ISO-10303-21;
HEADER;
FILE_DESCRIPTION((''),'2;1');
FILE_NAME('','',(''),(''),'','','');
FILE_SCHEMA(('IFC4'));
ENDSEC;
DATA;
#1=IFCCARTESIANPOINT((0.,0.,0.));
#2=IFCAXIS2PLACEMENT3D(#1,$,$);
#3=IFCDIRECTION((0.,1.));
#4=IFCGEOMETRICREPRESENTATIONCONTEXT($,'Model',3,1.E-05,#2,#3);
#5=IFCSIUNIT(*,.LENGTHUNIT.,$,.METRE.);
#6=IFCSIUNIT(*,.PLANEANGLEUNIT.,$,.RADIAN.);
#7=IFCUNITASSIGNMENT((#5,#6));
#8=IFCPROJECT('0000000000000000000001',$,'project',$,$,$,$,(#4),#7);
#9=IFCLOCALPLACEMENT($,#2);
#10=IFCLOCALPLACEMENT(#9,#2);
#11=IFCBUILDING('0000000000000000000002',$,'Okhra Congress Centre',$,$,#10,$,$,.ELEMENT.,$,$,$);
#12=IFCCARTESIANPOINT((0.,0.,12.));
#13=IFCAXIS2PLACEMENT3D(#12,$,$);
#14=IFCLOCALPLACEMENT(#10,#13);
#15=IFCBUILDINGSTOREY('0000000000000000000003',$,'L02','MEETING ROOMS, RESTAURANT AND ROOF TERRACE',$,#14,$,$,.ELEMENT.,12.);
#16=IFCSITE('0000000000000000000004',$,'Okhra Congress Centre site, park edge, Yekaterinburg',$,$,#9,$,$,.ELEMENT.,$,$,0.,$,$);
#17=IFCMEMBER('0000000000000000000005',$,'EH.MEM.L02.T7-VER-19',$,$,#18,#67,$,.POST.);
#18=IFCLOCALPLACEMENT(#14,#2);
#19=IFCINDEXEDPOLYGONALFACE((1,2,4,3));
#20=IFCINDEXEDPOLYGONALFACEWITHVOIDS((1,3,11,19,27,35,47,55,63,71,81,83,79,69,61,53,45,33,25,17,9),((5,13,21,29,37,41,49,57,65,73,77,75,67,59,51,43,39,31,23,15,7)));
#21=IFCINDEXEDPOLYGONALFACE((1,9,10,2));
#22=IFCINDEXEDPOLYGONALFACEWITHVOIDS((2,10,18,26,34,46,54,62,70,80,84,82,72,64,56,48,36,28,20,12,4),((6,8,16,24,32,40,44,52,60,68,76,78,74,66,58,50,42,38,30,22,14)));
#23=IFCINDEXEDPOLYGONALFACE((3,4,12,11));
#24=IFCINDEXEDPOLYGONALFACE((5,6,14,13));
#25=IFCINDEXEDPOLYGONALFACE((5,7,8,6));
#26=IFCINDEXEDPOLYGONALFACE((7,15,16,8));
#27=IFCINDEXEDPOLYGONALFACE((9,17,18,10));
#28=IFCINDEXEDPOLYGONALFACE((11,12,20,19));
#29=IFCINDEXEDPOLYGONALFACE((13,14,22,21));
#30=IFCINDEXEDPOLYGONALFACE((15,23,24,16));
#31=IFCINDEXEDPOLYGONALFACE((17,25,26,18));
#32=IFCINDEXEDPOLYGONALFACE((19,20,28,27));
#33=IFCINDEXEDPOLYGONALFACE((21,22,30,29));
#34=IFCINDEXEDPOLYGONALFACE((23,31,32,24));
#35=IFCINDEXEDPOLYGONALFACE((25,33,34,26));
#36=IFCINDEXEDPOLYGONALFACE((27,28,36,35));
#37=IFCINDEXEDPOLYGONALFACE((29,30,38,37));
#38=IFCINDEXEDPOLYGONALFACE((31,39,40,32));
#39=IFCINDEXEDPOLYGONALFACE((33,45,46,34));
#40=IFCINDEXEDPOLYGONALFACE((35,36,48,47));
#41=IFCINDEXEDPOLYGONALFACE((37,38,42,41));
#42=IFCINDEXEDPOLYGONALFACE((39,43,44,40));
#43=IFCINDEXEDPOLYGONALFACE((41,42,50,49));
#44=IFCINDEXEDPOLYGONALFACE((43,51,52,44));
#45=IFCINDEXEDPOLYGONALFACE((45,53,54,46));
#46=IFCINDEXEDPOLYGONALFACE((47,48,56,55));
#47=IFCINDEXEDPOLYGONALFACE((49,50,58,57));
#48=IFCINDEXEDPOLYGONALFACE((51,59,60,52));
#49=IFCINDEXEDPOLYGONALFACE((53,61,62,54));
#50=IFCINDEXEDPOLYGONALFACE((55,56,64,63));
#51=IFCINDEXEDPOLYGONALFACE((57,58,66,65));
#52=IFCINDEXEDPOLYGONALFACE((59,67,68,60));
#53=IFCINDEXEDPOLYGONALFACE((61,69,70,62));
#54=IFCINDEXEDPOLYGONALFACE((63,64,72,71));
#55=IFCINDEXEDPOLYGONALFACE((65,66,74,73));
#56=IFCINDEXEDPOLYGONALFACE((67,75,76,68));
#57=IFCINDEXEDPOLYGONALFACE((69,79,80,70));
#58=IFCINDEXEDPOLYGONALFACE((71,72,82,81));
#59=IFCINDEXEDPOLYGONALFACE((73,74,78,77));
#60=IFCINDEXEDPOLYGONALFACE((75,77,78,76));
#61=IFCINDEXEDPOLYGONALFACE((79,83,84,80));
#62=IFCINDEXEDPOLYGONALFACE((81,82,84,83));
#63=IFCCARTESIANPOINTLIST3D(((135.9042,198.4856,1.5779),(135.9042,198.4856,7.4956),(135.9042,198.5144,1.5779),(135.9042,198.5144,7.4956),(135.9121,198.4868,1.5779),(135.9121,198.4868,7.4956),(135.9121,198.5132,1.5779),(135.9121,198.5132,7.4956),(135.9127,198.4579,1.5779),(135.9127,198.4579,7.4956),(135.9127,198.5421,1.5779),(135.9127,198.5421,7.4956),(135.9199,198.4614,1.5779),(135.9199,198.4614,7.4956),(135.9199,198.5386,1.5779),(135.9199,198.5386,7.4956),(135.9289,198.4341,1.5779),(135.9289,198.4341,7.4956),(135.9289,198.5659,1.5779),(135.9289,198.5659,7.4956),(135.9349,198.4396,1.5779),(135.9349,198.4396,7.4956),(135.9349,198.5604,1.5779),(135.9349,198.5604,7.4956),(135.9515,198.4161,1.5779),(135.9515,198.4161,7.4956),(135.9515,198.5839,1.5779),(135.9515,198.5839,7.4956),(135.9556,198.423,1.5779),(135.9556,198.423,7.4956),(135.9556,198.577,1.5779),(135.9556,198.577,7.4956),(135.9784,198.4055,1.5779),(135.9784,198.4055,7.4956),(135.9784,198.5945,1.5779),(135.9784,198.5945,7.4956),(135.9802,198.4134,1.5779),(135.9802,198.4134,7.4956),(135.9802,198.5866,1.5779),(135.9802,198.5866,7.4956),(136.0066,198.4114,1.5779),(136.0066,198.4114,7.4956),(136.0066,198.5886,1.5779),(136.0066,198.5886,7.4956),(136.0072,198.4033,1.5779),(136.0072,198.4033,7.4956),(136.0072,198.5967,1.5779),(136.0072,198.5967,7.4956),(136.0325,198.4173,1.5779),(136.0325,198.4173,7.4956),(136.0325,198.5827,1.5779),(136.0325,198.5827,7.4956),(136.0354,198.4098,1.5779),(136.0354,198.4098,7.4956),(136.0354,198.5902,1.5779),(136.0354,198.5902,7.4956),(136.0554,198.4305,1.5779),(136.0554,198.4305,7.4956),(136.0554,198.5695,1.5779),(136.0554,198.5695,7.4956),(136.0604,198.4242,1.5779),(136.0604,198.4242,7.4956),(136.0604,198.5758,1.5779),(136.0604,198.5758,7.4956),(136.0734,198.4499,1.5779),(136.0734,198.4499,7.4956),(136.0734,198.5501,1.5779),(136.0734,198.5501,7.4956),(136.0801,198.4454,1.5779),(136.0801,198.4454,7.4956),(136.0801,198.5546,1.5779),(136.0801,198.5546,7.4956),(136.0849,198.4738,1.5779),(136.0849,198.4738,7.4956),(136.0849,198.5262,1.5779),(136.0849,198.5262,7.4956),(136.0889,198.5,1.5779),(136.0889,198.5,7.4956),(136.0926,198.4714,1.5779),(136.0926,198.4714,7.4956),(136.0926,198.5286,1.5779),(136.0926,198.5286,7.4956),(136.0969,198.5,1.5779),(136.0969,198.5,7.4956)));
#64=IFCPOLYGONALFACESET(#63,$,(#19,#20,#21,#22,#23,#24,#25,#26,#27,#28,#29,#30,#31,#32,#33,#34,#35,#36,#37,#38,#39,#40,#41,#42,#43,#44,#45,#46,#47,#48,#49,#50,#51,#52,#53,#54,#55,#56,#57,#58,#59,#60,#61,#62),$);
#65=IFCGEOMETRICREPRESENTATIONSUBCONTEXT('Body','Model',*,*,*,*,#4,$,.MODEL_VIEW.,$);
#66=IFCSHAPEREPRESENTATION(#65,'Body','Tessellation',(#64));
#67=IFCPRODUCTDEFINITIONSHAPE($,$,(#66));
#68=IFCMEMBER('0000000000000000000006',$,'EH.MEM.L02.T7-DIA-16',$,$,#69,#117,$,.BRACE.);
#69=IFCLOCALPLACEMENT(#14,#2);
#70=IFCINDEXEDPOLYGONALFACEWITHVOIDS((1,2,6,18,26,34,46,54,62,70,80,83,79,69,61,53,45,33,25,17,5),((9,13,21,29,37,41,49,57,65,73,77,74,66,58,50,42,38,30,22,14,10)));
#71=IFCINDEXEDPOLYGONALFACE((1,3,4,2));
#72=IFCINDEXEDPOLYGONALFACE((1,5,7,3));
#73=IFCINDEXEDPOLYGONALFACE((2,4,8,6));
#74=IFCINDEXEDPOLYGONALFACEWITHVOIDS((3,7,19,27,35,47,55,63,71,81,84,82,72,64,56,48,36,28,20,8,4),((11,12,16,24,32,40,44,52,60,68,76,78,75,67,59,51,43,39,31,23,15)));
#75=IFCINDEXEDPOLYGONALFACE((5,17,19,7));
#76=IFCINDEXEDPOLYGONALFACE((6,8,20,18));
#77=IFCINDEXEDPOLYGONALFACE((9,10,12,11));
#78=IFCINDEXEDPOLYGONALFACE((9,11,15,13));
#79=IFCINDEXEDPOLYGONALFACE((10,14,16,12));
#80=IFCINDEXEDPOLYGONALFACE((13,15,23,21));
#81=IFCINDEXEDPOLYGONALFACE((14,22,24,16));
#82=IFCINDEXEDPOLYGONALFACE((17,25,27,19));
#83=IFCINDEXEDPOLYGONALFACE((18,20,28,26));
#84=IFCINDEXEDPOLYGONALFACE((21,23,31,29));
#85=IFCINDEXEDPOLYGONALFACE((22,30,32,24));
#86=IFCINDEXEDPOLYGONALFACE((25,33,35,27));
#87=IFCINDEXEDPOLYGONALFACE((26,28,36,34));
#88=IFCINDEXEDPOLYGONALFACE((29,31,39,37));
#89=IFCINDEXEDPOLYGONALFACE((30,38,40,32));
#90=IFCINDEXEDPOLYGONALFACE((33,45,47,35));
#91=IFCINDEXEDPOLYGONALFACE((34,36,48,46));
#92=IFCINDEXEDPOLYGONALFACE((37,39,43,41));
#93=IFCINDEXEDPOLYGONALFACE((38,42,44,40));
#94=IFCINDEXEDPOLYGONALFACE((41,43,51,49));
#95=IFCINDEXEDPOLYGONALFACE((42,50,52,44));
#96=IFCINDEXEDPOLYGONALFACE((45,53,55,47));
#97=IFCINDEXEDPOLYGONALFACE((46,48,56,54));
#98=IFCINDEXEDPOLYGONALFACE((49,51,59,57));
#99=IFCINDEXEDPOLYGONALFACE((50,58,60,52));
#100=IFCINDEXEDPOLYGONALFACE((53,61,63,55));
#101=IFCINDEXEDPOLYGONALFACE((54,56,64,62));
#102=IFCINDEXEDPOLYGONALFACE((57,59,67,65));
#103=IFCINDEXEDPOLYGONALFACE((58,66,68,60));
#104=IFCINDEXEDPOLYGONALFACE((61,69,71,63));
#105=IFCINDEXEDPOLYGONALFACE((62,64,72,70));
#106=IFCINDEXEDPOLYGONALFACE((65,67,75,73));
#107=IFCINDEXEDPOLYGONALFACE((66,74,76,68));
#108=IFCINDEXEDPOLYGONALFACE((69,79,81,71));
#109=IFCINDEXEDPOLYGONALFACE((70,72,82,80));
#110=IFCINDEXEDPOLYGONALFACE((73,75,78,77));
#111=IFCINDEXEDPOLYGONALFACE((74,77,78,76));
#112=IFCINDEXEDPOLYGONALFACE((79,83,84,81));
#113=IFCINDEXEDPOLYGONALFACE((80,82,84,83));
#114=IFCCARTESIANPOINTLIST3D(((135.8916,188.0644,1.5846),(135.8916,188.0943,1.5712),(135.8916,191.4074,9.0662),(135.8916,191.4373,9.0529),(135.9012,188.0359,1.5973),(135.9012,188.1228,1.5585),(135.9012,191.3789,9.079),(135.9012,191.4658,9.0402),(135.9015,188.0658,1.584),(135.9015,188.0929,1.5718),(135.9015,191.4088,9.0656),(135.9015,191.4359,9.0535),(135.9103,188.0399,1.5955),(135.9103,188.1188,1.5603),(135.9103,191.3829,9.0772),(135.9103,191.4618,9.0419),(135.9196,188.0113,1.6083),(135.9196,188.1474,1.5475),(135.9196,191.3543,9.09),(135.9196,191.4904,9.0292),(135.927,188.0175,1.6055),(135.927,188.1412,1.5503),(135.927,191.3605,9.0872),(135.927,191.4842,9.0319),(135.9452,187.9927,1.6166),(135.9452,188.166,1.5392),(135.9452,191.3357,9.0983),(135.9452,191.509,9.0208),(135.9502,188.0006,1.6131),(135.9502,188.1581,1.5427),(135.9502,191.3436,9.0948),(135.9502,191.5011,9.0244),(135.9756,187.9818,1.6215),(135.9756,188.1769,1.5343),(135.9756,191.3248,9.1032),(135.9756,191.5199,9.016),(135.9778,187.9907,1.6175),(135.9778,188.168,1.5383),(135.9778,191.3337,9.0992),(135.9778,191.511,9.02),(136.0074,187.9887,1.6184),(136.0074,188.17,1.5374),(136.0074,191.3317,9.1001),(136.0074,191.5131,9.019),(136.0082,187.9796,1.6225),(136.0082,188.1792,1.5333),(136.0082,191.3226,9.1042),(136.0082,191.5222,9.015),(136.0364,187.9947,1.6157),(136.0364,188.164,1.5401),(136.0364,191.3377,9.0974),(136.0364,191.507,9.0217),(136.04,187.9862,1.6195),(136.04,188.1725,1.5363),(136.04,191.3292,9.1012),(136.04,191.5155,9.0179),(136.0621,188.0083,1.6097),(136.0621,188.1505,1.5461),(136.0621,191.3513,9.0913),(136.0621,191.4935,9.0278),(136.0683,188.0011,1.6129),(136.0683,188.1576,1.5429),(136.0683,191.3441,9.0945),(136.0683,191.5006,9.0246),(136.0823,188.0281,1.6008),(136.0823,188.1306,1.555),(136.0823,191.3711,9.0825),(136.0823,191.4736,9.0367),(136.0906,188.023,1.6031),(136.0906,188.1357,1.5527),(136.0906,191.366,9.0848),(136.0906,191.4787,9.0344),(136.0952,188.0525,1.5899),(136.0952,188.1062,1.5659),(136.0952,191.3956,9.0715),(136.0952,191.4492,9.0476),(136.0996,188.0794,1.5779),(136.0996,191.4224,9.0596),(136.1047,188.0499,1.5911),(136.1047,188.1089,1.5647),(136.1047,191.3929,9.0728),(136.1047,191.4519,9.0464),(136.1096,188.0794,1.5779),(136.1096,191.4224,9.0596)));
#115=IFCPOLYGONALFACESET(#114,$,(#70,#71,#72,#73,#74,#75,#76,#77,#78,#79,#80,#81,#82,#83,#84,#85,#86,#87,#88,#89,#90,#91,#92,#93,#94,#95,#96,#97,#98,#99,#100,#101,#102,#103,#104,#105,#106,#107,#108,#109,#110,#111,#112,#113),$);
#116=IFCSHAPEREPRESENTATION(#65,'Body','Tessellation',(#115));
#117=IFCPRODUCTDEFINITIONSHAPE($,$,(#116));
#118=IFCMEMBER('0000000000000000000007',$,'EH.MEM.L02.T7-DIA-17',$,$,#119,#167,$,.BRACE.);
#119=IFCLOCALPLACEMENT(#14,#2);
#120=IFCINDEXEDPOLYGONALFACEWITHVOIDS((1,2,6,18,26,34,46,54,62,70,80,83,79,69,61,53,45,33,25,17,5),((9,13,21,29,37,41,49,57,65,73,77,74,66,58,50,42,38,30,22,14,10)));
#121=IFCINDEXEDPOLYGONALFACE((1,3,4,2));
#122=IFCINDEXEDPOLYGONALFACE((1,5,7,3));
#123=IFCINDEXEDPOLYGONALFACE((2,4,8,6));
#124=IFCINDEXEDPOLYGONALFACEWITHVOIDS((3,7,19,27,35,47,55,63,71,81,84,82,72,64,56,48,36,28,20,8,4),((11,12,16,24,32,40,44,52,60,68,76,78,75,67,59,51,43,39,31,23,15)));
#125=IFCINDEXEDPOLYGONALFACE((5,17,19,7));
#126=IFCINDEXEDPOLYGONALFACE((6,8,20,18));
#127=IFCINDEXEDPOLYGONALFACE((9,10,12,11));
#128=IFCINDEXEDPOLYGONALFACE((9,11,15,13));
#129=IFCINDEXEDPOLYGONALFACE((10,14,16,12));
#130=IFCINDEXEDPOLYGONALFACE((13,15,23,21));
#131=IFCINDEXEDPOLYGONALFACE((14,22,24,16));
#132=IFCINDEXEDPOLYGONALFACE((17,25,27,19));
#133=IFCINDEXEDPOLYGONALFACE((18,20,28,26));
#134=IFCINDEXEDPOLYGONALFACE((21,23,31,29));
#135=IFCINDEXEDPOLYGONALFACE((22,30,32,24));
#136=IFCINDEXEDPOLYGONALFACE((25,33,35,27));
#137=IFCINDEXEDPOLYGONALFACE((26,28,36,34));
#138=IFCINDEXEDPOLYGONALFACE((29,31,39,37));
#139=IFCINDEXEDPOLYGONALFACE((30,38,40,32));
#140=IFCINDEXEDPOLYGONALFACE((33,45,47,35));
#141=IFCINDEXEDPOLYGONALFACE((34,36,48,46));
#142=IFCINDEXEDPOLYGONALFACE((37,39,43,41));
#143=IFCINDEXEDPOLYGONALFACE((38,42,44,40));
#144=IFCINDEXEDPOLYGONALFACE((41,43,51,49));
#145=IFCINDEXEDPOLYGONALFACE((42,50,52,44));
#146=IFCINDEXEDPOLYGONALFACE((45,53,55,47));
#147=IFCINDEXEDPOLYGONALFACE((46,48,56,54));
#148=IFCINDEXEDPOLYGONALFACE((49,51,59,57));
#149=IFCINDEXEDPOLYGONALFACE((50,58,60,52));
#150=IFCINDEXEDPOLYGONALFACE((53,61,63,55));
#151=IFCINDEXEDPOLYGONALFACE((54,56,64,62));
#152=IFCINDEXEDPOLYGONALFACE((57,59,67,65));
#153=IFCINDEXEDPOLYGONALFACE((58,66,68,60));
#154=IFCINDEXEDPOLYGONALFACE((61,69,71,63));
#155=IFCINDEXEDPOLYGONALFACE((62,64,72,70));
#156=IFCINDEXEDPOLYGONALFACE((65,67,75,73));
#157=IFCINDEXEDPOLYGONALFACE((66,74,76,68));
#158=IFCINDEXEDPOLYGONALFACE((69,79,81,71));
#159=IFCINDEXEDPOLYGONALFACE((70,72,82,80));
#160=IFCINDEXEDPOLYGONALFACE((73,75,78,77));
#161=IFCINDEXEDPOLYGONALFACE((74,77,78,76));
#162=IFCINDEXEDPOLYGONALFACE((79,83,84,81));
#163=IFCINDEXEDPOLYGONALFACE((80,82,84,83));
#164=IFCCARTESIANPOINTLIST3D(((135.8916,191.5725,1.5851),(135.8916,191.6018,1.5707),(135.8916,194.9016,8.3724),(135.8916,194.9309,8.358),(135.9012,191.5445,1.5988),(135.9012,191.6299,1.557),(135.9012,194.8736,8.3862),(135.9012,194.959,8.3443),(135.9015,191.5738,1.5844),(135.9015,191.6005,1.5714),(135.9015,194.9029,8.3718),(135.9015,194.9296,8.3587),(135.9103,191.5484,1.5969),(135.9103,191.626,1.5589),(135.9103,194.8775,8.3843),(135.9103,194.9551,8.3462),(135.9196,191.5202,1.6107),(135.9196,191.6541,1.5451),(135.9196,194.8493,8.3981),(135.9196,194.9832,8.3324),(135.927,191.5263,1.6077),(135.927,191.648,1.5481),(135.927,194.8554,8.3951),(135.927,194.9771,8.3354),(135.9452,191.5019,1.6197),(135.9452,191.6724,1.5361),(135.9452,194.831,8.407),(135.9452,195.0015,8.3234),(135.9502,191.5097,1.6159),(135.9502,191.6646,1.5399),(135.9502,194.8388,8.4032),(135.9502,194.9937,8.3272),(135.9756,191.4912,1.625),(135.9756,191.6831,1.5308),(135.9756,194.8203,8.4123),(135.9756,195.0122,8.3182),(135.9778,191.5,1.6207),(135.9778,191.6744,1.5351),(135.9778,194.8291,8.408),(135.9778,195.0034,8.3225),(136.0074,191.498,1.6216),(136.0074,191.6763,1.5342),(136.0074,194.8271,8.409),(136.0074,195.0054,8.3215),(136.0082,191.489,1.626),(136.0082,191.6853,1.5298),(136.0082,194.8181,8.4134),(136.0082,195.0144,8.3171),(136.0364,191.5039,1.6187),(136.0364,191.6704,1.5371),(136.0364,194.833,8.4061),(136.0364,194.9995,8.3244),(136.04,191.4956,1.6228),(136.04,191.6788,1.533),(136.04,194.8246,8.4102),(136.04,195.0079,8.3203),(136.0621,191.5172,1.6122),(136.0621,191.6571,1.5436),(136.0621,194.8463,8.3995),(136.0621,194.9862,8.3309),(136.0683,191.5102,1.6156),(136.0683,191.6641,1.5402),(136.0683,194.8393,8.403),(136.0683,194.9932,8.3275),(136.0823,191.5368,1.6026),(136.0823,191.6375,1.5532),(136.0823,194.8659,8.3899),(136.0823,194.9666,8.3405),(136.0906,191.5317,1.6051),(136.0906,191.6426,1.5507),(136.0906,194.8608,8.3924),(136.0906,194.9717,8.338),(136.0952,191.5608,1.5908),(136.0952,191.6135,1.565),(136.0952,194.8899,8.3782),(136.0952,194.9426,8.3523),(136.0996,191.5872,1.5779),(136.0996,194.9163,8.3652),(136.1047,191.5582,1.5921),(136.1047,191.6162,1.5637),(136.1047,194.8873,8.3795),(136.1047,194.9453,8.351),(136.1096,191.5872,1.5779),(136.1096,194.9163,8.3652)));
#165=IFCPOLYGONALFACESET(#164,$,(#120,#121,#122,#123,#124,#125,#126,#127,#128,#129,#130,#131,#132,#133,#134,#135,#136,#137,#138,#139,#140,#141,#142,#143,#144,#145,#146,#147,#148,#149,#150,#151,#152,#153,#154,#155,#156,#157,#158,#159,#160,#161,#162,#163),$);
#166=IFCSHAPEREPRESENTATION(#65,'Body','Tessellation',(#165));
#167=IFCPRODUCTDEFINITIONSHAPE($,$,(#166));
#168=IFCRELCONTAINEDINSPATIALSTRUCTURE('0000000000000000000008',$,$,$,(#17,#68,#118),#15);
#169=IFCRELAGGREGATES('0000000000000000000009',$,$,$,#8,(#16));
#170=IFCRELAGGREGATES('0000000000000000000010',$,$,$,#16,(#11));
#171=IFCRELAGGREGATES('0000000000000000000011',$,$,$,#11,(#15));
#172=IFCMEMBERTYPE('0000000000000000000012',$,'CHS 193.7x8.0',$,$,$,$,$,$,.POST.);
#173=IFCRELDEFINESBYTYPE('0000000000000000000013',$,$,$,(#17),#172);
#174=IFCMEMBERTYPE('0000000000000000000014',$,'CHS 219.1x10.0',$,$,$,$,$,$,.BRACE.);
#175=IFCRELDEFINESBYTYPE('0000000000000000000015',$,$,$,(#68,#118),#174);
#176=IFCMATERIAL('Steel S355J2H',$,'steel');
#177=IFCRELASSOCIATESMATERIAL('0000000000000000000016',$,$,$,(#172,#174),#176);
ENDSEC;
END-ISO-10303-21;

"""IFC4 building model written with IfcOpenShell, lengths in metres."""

from ifc_helpers import new_model, si_unit, direction, frame, origin, origin_2d, place, context, subcontext, project, spatial, hollow_circle, extrude, material, material_profile, profile_set, type_object, element, save


model = new_model("IFC4")

# Units and contexts
model_context = context("Model", 3, precision=1e-05, world=origin(), true_north=direction((0.0, 1.0)))
body_context = subcontext(model_context, "Body", "Model", "MODEL_VIEW")
ifc_project = project(units=[si_unit("LENGTHUNIT", "METRE"), si_unit("PLANEANGLEUNIT", "RADIAN")], contexts=[model_context])

# Site, building, storey
site_placement = place(None, origin())
site = spatial("IfcSite", under=ifc_project, at=site_placement, Name="Okhra Congress Centre site, park edge, Yekaterinburg", CompositionType="ELEMENT", RefElevation=0.0)
building_placement = place(site_placement, origin())
building = spatial("IfcBuilding", under=site, at=building_placement, Name="Okhra Congress Centre", CompositionType="ELEMENT")
storey_placement = place(building_placement, frame((0.0, 0.0, 12.0)))
storey = spatial("IfcBuildingStorey", under=building, at=storey_placement, Name="L02", Description="MEETING ROOMS, RESTAURANT AND ROOF TERRACE", CompositionType="ELEMENT", Elevation=12.0)

# Members
ifc_material_1 = material(Name="Steel S355J2H", Category="steel")
ifc_material_profile_1 = material_profile(ifc_material_1, hollow_circle(Radius=0.0969, WallThickness=0.0081, at=origin_2d()), Name="CHS 193.7x8.0")
ifc_profile_set_1 = profile_set([ifc_material_profile_1], Name="Steel S355J2H")
member_type_1 = type_object("IfcMemberType", Name="CHS 193.7x8.0", PredefinedType="POST", material=ifc_profile_set_1)
member_1_placement = place(storey_placement, frame((136.0, 198.5, 1.5779), z_axis=(0.0, 0.0, 1.0), x_axis=(1.0, 0.0, 0.0)))
element("IfcMember", 1, at=member_1_placement, inside=storey, type_object=member_type_1, Name="EH.MEM.L02.T7-VER-19", PredefinedType="POST", context=body_context, shape_type="SweptSolid", body=[
    extrude(hollow_circle(Radius=0.0969, WallThickness=0.0081, at=origin_2d()), origin(), (0.0, 0.0, 1.0), 5.9177),
])
ifc_material_profile_2 = material_profile(ifc_material_1, hollow_circle(Radius=0.1096, WallThickness=0.01, at=origin_2d()), Name="CHS 219.1x10.0")
ifc_profile_set_2 = profile_set([ifc_material_profile_2], Name="Steel S355J2H")
member_type_2 = type_object("IfcMemberType", Name="CHS 219.1x10.0", PredefinedType="BRACE", material=ifc_profile_set_2)
member_2_placement = place(storey_placement, frame((136.0, 191.4224, 9.0596), z_axis=(0.0, -0.407954, -0.913003), x_axis=(1.0, 0.0, 0.0)))
element("IfcMember", 2, at=member_2_placement, inside=storey, type_object=member_type_2, Name="EH.MEM.L02.T7-DIA-16", PredefinedType="BRACE", context=body_context, shape_type="SweptSolid", body=[
    extrude(hollow_circle(Radius=0.1096, WallThickness=0.01, at=origin_2d()), origin(), (0.0, 0.0, 1.0), 8.1946),
])
member_3_placement = place(storey_placement, frame((136.0, 194.9163, 8.3652), z_axis=(0.0, -0.440367, -0.897818), x_axis=(1.0, 0.0, 0.0)))
element("IfcMember", 3, at=member_3_placement, inside=storey, type_object=member_type_2, Name="EH.MEM.L02.T7-DIA-17", PredefinedType="BRACE", context=body_context, shape_type="SweptSolid", body=[
    extrude(hollow_circle(Radius=0.1096, WallThickness=0.01, at=origin_2d()), origin(), (0.0, 0.0, 1.0), 7.5598),
])

save(model, "model.ifc")
